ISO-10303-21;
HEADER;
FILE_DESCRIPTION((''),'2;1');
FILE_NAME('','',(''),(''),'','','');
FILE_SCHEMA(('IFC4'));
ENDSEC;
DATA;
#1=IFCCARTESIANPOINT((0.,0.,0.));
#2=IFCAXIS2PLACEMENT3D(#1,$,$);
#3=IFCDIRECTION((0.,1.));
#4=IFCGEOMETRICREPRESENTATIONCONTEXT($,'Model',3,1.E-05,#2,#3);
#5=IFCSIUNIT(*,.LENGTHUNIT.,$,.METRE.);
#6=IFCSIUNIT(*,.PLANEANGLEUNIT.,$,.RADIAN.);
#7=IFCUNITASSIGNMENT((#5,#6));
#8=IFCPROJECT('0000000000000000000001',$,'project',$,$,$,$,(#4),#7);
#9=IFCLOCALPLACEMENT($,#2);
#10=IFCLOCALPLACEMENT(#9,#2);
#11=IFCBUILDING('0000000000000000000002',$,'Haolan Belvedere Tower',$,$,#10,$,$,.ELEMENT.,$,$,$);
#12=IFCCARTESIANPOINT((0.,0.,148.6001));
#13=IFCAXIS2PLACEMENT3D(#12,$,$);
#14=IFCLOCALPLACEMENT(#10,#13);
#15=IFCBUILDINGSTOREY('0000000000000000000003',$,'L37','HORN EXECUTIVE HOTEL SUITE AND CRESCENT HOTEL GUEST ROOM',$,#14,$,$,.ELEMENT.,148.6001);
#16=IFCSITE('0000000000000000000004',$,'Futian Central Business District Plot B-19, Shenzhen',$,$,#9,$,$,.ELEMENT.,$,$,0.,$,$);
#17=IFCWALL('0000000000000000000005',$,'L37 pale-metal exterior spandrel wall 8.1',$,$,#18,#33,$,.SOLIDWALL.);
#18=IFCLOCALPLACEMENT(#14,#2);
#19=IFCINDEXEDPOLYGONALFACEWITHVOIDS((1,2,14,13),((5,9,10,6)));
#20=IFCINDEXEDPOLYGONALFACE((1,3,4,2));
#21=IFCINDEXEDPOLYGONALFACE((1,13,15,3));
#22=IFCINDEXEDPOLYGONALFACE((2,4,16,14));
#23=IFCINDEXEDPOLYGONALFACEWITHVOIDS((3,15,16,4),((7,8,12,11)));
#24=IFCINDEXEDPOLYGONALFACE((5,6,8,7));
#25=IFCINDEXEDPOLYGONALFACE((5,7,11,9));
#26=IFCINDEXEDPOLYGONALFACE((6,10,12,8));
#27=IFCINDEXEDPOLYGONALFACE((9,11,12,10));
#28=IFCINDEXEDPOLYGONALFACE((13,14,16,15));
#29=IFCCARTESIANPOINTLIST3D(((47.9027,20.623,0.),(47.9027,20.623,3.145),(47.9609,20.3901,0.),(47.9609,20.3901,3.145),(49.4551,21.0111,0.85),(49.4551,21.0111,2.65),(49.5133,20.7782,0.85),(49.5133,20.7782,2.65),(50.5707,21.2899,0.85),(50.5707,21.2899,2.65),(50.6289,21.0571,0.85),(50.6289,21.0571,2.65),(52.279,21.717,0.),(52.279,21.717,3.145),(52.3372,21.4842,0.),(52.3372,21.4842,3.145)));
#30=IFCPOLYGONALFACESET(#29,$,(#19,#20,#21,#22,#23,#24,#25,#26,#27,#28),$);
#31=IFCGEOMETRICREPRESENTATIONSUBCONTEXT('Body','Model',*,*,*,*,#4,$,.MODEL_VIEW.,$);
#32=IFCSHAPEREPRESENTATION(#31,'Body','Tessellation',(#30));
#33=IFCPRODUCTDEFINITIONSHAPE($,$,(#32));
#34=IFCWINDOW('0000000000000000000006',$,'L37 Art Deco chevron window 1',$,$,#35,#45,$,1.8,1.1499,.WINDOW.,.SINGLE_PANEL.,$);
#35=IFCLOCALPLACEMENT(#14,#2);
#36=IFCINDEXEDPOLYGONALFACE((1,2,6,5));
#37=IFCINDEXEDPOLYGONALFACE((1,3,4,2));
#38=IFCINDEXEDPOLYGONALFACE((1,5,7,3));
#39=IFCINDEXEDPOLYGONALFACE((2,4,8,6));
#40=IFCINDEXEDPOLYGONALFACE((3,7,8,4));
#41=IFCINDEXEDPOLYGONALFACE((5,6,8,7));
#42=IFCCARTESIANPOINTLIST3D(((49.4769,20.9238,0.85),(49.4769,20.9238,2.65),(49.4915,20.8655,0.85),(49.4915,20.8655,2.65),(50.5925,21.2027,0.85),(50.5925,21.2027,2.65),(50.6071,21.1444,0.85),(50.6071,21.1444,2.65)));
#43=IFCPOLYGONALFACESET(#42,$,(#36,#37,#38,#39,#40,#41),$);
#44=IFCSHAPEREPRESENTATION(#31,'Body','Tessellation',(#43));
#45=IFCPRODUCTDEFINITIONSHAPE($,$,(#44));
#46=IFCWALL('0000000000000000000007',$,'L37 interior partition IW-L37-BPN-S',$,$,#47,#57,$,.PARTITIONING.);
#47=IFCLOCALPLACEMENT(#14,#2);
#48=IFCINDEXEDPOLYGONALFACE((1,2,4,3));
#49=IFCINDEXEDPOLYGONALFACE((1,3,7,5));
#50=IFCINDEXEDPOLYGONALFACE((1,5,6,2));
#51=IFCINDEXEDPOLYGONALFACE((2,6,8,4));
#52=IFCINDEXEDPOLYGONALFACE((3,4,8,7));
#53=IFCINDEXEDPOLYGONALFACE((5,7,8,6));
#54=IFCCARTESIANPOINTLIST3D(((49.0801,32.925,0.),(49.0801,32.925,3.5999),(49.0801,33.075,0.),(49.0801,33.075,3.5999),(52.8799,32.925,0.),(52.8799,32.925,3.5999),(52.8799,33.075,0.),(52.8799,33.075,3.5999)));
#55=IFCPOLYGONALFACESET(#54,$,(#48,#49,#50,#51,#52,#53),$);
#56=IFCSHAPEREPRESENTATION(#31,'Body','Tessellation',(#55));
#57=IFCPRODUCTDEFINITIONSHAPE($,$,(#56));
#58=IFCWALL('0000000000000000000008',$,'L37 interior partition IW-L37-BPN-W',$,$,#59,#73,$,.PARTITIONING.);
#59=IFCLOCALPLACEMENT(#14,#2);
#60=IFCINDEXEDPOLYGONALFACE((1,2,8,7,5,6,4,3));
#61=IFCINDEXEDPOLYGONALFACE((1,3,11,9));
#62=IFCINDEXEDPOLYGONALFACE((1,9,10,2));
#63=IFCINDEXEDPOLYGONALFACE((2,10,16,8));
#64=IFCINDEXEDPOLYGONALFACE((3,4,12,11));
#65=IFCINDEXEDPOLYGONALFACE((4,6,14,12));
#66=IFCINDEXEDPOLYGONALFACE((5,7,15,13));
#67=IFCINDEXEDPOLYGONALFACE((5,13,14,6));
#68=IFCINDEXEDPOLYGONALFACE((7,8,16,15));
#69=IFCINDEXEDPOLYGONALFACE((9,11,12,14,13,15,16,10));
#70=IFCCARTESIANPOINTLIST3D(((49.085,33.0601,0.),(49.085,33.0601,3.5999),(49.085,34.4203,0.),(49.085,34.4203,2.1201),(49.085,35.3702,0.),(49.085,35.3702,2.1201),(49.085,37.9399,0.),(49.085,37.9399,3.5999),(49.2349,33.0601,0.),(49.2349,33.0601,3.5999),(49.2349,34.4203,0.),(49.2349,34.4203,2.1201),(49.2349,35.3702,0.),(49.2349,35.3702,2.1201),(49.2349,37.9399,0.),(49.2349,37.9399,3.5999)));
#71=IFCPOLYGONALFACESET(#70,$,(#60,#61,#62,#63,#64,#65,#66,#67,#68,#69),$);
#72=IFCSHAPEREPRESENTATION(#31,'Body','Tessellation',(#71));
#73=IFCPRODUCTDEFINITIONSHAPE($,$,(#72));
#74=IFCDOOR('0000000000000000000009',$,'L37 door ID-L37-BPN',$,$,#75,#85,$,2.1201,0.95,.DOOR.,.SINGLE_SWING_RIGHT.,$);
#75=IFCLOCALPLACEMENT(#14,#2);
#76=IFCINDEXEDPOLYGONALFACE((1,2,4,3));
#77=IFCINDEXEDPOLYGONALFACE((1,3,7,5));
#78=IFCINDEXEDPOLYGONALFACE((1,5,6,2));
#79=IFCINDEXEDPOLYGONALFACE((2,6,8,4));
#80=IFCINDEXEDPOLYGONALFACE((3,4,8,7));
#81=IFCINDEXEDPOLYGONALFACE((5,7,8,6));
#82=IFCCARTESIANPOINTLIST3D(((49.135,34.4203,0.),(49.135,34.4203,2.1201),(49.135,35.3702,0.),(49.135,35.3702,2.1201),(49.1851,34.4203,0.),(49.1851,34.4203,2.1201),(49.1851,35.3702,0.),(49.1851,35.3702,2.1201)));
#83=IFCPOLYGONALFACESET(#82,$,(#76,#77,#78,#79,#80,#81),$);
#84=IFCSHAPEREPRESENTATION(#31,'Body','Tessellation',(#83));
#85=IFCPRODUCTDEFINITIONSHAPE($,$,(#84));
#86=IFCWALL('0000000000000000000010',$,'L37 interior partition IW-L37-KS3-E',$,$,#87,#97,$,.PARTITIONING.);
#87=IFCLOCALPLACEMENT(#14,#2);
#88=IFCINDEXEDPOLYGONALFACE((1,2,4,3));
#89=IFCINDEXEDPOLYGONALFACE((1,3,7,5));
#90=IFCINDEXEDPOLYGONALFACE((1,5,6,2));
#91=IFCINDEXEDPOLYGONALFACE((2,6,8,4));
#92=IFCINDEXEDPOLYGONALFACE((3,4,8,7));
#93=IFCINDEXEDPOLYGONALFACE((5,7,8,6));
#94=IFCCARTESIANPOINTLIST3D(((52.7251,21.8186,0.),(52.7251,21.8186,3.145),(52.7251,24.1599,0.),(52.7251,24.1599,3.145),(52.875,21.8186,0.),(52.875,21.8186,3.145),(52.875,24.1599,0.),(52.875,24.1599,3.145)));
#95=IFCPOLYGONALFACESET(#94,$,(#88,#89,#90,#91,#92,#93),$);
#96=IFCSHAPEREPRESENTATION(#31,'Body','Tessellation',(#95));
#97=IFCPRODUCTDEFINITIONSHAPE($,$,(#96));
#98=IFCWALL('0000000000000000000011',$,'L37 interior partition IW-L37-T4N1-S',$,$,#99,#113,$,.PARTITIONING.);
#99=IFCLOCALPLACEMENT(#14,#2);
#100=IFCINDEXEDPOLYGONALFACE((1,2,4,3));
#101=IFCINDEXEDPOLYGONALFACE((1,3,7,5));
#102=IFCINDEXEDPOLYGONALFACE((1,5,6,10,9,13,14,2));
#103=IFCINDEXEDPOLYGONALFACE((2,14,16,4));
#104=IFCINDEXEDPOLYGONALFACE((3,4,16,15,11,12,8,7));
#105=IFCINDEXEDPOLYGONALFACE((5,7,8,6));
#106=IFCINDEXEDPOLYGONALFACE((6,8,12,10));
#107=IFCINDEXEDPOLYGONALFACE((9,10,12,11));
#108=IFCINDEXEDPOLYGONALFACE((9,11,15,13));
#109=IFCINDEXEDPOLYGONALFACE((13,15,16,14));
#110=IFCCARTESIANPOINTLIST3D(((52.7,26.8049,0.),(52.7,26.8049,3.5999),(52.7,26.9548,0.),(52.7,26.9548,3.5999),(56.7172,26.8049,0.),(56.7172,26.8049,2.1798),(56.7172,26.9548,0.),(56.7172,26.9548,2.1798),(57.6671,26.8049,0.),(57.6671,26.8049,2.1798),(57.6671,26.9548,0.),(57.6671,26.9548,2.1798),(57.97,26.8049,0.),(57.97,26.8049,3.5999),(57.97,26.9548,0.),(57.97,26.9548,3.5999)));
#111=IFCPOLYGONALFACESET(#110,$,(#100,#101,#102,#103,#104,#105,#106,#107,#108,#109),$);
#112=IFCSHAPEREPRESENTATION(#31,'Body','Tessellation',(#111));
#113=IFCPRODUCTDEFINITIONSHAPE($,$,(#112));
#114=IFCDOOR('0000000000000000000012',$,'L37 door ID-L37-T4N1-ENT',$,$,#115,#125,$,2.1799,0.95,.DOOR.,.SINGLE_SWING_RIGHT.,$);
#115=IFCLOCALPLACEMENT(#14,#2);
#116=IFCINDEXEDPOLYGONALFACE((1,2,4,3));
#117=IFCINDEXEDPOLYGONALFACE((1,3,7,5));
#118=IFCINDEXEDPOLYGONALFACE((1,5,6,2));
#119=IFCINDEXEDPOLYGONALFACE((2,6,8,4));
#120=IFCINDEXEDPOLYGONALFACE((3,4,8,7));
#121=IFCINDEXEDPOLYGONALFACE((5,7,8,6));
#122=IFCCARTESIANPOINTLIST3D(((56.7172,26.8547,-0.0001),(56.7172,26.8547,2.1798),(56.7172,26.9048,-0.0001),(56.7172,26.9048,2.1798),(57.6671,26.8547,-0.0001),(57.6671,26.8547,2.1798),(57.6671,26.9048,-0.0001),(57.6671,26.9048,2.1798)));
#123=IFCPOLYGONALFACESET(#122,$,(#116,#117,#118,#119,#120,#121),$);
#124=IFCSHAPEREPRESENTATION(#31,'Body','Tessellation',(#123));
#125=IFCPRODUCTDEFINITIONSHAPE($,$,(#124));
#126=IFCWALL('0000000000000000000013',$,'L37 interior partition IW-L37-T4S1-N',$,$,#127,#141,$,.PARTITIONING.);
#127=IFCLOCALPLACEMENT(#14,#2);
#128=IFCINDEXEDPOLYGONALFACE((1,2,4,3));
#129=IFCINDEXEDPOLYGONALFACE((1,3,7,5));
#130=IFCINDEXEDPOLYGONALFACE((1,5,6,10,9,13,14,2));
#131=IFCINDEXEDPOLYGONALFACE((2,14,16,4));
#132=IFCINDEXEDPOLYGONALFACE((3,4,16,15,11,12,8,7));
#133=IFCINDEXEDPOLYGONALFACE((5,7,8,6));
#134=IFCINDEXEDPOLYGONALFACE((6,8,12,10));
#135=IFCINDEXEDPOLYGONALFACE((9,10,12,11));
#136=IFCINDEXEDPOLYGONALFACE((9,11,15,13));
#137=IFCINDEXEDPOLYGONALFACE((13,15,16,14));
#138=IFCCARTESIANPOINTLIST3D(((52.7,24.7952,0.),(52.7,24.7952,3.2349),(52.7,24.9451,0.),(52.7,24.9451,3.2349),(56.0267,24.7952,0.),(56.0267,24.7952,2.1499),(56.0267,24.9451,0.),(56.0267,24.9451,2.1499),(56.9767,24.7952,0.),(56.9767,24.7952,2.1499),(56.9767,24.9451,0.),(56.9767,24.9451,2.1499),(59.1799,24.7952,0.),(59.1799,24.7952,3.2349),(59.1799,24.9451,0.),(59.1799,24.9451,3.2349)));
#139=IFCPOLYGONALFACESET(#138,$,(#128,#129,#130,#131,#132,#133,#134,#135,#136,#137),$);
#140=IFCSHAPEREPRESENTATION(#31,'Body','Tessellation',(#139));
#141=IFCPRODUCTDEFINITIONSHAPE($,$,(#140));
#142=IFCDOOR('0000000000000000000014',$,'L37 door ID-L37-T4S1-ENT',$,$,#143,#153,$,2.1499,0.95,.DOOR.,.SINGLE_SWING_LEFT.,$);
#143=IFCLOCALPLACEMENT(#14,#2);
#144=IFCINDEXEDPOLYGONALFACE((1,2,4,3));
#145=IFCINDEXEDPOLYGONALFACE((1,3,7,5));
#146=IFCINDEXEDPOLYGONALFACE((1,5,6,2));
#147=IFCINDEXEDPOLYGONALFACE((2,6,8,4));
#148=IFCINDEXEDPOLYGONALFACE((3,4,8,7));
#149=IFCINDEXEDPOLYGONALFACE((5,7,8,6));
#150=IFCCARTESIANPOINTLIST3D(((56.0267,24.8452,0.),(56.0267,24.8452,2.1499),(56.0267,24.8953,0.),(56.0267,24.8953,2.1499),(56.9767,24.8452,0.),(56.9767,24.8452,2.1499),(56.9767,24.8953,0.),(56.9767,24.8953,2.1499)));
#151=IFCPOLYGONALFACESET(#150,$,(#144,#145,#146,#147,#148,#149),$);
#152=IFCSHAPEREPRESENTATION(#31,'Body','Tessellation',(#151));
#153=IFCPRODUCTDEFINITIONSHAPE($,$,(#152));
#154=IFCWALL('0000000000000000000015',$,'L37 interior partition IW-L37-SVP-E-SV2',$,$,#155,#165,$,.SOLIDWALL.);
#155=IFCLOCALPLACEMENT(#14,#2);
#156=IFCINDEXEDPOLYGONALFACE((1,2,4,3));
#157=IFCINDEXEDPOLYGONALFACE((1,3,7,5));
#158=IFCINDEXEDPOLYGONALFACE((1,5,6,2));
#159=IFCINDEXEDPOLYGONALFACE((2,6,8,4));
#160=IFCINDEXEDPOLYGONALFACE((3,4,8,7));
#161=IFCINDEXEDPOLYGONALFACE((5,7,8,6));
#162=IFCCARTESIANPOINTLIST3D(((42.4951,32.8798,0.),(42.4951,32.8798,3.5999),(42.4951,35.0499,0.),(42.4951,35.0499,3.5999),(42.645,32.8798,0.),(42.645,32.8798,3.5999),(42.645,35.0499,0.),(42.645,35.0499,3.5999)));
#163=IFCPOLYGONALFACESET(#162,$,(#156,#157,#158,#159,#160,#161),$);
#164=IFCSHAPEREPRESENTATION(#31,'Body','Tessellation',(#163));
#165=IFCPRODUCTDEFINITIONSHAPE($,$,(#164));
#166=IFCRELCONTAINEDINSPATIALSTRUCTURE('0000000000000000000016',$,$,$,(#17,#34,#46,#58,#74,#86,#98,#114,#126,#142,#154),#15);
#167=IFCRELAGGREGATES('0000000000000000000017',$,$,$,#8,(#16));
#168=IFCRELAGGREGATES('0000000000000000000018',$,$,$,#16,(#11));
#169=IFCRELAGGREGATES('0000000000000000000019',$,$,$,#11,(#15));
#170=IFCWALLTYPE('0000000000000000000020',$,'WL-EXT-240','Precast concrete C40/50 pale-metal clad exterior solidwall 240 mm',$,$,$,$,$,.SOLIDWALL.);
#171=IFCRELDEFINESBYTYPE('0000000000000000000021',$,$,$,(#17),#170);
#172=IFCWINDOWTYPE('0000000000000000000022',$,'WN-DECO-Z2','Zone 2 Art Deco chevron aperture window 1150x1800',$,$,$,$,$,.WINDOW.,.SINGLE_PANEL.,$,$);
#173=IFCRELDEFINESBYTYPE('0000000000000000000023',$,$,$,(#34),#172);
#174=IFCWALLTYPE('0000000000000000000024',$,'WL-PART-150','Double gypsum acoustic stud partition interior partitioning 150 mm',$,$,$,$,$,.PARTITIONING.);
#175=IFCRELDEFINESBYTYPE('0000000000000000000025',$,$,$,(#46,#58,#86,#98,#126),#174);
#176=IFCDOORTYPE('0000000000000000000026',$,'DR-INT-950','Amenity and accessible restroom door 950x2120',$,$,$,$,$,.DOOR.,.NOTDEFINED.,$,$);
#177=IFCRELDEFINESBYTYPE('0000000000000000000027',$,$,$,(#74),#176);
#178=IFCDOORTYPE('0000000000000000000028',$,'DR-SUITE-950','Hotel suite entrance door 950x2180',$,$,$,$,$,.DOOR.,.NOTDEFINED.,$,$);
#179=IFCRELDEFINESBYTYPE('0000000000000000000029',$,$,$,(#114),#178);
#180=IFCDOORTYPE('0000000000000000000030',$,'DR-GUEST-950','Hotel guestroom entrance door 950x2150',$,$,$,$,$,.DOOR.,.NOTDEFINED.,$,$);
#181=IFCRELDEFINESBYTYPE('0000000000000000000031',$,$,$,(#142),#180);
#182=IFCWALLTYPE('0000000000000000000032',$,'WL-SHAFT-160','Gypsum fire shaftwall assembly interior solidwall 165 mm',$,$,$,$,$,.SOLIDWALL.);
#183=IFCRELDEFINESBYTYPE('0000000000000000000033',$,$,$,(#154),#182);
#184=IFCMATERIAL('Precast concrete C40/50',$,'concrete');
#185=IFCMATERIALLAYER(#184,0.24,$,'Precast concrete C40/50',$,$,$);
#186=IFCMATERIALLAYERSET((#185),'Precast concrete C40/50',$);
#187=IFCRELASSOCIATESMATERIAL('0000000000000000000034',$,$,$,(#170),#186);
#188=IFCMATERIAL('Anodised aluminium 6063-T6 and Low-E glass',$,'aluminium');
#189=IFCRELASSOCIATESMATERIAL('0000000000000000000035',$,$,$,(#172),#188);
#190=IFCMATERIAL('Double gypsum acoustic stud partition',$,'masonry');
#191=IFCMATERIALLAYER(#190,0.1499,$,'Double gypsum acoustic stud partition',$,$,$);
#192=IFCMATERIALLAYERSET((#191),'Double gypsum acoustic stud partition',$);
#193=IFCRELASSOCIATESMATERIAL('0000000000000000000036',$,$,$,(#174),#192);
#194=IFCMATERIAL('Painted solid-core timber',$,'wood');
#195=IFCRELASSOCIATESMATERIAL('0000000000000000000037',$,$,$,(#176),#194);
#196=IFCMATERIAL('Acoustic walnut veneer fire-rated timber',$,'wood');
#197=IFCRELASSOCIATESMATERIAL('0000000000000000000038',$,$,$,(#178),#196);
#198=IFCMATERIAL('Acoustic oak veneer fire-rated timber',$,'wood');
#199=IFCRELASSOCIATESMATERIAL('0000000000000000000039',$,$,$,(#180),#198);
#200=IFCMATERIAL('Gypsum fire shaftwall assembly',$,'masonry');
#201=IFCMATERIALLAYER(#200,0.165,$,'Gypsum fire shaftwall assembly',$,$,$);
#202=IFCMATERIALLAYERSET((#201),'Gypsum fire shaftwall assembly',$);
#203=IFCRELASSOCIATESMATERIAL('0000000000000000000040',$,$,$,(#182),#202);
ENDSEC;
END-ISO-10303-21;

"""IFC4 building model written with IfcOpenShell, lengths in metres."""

from ifc_helpers import new_model, si_unit, direction, frame, frame_2d, origin, place, context, subcontext, project, spatial, rectangle, extrude, material, layer, layer_set, type_object, element, fill, save


model = new_model("IFC4")

# Units and contexts
model_context = context("Model", 3, precision=1e-05, world=origin(), true_north=direction((0.0, 1.0)))
body_context = subcontext(model_context, "Body", "Model", "MODEL_VIEW")
ifc_project = project(units=[si_unit("LENGTHUNIT", "METRE"), si_unit("PLANEANGLEUNIT", "RADIAN")], contexts=[model_context])

# Site, building, storey
site_placement = place(None, origin())
site = spatial("IfcSite", under=ifc_project, at=site_placement, Name="Futian Central Business District Plot B-19, Shenzhen", CompositionType="ELEMENT", RefElevation=0.0)
building_placement = place(site_placement, origin())
building = spatial("IfcBuilding", under=site, at=building_placement, Name="Haolan Belvedere Tower", CompositionType="ELEMENT")
storey_placement = place(building_placement, frame((0.0, 0.0, 148.6001)))
storey = spatial("IfcBuildingStorey", under=building, at=storey_placement, Name="L37", Description="HORN EXECUTIVE HOTEL SUITE AND CRESCENT HOTEL GUEST ROOM", CompositionType="ELEMENT", Elevation=148.6001)

# Wall, opening, window
ifc_material_1 = material(Name="Precast concrete C40/50", Category="concrete")
ifc_layer_1 = layer(ifc_material_1, 0.24, Name="Precast concrete C40/50")
ifc_layer_set_1 = layer_set([ifc_layer_1], Name="Precast concrete C40/50")
wall_type_1 = type_object("IfcWallType", Name="WL-EXT-240", Description="Precast concrete C40/50 pale-metal clad exterior solidwall 240 mm", PredefinedType="SOLIDWALL", material=ifc_layer_set_1)
wall_1_placement = place(storey_placement, frame((47.9319, 20.5066, 0.0), z_axis=(0.0, 0.0, 1.0), x_axis=(0.970146, 0.242523, 0.0)))
wall_1 = element("IfcWall", 1, at=wall_1_placement, inside=storey, type_object=wall_type_1, Name="L37 pale-metal exterior spandrel wall 8.1", PredefinedType="SOLIDWALL", context=body_context, shape_type="SweptSolid", body=[
    extrude(rectangle(XDim=4.511, YDim=0.24, at=frame_2d((2.2554, 0.0))), origin(), (0.0, 0.0, 1.0), 3.145),
])
opening_1_placement = place(wall_1_placement, frame((1.6001, 0.0, 0.8501)))
opening_1 = element("IfcOpeningElement", 2, at=opening_1_placement, cuts=wall_1, PredefinedType="OPENING", context=body_context, shape_type="SweptSolid", body=[
    extrude(rectangle(XDim=1.1499, YDim=1.8, at=frame_2d((0.575, 0.8999))), frame((0.0, 0.1299, 0.0), z_axis=(0.0, -1.0, 0.0), x_axis=(1.0, 0.0, 0.0)), (0.0, 0.0, 1.0), 0.26),
])
ifc_material_2 = material(Name="Anodised aluminium 6063-T6 and Low-E glass", Category="aluminium")
window_type = type_object("IfcWindowType", Name="WN-DECO-Z2", Description="Zone 2 Art Deco chevron aperture window 1150x1800", PartitioningType="SINGLE_PANEL", PredefinedType="WINDOW", material=ifc_material_2)
window_placement = place(opening_1_placement, origin())
window = element("IfcWindow", 3, at=window_placement, inside=storey, type_object=window_type, Name="L37 Art Deco chevron window 1", OverallHeight=1.8, OverallWidth=1.1499, PartitioningType="SINGLE_PANEL", PredefinedType="WINDOW", context=body_context, shape_type="SweptSolid", body=[
    extrude(rectangle(XDim=1.1499, YDim=1.8, at=frame_2d((0.575, 0.8999))), frame((0.0, 0.03, 0.0), z_axis=(0.0, -1.0, 0.0), x_axis=(1.0, 0.0, 0.0)), (0.0, 0.0, 1.0), 0.0601),
])
fill(opening_1, window)

# Wall
ifc_material_3 = material(Name="Double gypsum acoustic stud partition", Category="masonry")
ifc_layer_2 = layer(ifc_material_3, 0.1499, Name="Double gypsum acoustic stud partition")
ifc_layer_set_2 = layer_set([ifc_layer_2], Name="Double gypsum acoustic stud partition")
wall_type_2 = type_object("IfcWallType", Name="WL-PART-150", Description="Double gypsum acoustic stud partition interior partitioning 150 mm", PredefinedType="PARTITIONING", material=ifc_layer_set_2)
wall_2_placement = place(storey_placement, frame((49.0801, 33.0, 0.0), z_axis=(0.0, 0.0, 1.0), x_axis=(1.0, 0.0, 0.0)))
element("IfcWall", 4, at=wall_2_placement, inside=storey, type_object=wall_type_2, Name="L37 interior partition IW-L37-BPN-S", PredefinedType="PARTITIONING", context=body_context, shape_type="SweptSolid", body=[
    extrude(rectangle(XDim=3.7998, YDim=0.1499, at=frame_2d((1.8999, 0.0))), origin(), (0.0, 0.0, 1.0), 3.5999),
])

# Wall, opening, door
wall_3_placement = place(storey_placement, frame((49.1599, 33.0601, 0.0), z_axis=(0.0, 0.0, 1.0), x_axis=(0.0, 1.0, 0.0)))
wall_3 = element("IfcWall", 5, at=wall_3_placement, inside=storey, type_object=wall_type_2, Name="L37 interior partition IW-L37-BPN-W", PredefinedType="PARTITIONING", context=body_context, shape_type="SweptSolid", body=[
    extrude(rectangle(XDim=4.8799, YDim=0.1499, at=frame_2d((2.4399, 0.0))), origin(), (0.0, 0.0, 1.0), 3.5999),
])
opening_2_placement = place(wall_3_placement, frame((1.3601, 0.0, 0.0)))
opening_2 = element("IfcOpeningElement", 6, at=opening_2_placement, cuts=wall_3, PredefinedType="OPENING", context=body_context, shape_type="SweptSolid", body=[
    extrude(rectangle(XDim=0.95, YDim=2.1201, at=frame_2d((0.4751, 1.0601))), frame((0.0, 0.085, 0.0), z_axis=(0.0, -1.0, 0.0), x_axis=(1.0, 0.0, 0.0)), (0.0, 0.0, 1.0), 0.1699),
])
ifc_material_4 = material(Name="Painted solid-core timber", Category="wood")
door_type_1 = type_object("IfcDoorType", Name="DR-INT-950", Description="Amenity and accessible restroom door 950x2120", OperationType="NOTDEFINED", PredefinedType="DOOR", material=ifc_material_4)
door_1_placement = place(opening_2_placement, origin())
door_1 = element("IfcDoor", 7, at=door_1_placement, inside=storey, type_object=door_type_1, Name="L37 door ID-L37-BPN", OperationType="SINGLE_SWING_RIGHT", OverallHeight=2.1201, OverallWidth=0.95, PredefinedType="DOOR", context=body_context, shape_type="SweptSolid", body=[
    extrude(rectangle(XDim=0.95, YDim=2.1201, at=frame_2d((0.4751, 1.0601))), frame((0.0, 0.0249, 0.0), z_axis=(0.0, -1.0, 0.0), x_axis=(1.0, 0.0, 0.0)), (0.0, 0.0, 1.0), 0.05),
])
fill(opening_2, door_1)

# Wall
wall_4_placement = place(storey_placement, frame((52.8, 21.8186, 0.0), z_axis=(0.0, 0.0, 1.0), x_axis=(0.0, 1.0, 0.0)))
element("IfcWall", 8, at=wall_4_placement, inside=storey, type_object=wall_type_2, Name="L37 interior partition IW-L37-KS3-E", PredefinedType="PARTITIONING", context=body_context, shape_type="SweptSolid", body=[
    extrude(rectangle(XDim=2.3413, YDim=0.1499, at=frame_2d((1.1707, 0.0))), origin(), (0.0, 0.0, 1.0), 3.145),
])

# Walls, openings, doors
wall_5_placement = place(storey_placement, frame((52.7, 26.8799, 0.0), z_axis=(0.0, 0.0, 1.0), x_axis=(1.0, 0.0, 0.0)))
wall_5 = element("IfcWall", 9, at=wall_5_placement, inside=storey, type_object=wall_type_2, Name="L37 interior partition IW-L37-T4N1-S", PredefinedType="PARTITIONING", context=body_context, shape_type="SweptSolid", body=[
    extrude(rectangle(XDim=5.27, YDim=0.1499, at=frame_2d((2.635, 0.0))), origin(), (0.0, 0.0, 1.0), 3.5999),
])
opening_3_placement = place(wall_5_placement, frame((4.0171, 0.0, 0.0)))
opening_3 = element("IfcOpeningElement", 10, at=opening_3_placement, cuts=wall_5, PredefinedType="OPENING", context=body_context, shape_type="SweptSolid", body=[
    extrude(rectangle(XDim=0.95, YDim=2.1799, at=frame_2d((0.4751, 1.0898))), frame((0.0, 0.085, 0.0), z_axis=(0.0, -1.0, 0.0), x_axis=(1.0, 0.0, 0.0)), (0.0, 0.0, 1.0), 0.1699),
])
ifc_material_5 = material(Name="Acoustic walnut veneer fire-rated timber", Category="wood")
door_type_2 = type_object("IfcDoorType", Name="DR-SUITE-950", Description="Hotel suite entrance door 950x2180", OperationType="NOTDEFINED", PredefinedType="DOOR", material=ifc_material_5)
door_2_placement = place(opening_3_placement, origin())
door_2 = element("IfcDoor", 11, at=door_2_placement, inside=storey, type_object=door_type_2, Name="L37 door ID-L37-T4N1-ENT", OperationType="SINGLE_SWING_RIGHT", OverallHeight=2.1799, OverallWidth=0.95, PredefinedType="DOOR", context=body_context, shape_type="SweptSolid", body=[
    extrude(rectangle(XDim=0.95, YDim=2.1799, at=frame_2d((0.4751, 1.0898))), frame((0.0, 0.0249, 0.0), z_axis=(0.0, -1.0, 0.0), x_axis=(1.0, 0.0, 0.0)), (0.0, 0.0, 1.0), 0.05),
])
fill(opening_3, door_2)
wall_6_placement = place(storey_placement, frame((52.7, 24.8701, 0.0), z_axis=(0.0, 0.0, 1.0), x_axis=(1.0, 0.0, 0.0)))
wall_6 = element("IfcWall", 12, at=wall_6_placement, inside=storey, type_object=wall_type_2, Name="L37 interior partition IW-L37-T4S1-N", PredefinedType="PARTITIONING", context=body_context, shape_type="SweptSolid", body=[
    extrude(rectangle(XDim=6.48, YDim=0.1499, at=frame_2d((3.24, 0.0))), origin(), (0.0, 0.0, 1.0), 3.2349),
])
opening_4_placement = place(wall_6_placement, frame((4.2769, 0.0, 0.0), z_axis=(0.0, 0.0, 1.0), x_axis=(-1.0, 0.0, 0.0)))
opening_4 = element("IfcOpeningElement", 13, at=opening_4_placement, cuts=wall_6, PredefinedType="OPENING", context=body_context, shape_type="SweptSolid", body=[
    extrude(rectangle(XDim=0.95, YDim=2.1499, at=frame_2d((0.4751, 1.075))), frame((0.0, 0.085, 0.0), z_axis=(0.0, -1.0, 0.0), x_axis=(1.0, 0.0, 0.0)), (0.0, 0.0, 1.0), 0.1699),
])
ifc_material_6 = material(Name="Acoustic oak veneer fire-rated timber", Category="wood")
door_type_3 = type_object("IfcDoorType", Name="DR-GUEST-950", Description="Hotel guestroom entrance door 950x2150", OperationType="NOTDEFINED", PredefinedType="DOOR", material=ifc_material_6)
door_3_placement = place(opening_4_placement, origin())
door_3 = element("IfcDoor", 14, at=door_3_placement, inside=storey, type_object=door_type_3, Name="L37 door ID-L37-T4S1-ENT", OperationType="SINGLE_SWING_LEFT", OverallHeight=2.1499, OverallWidth=0.95, PredefinedType="DOOR", context=body_context, shape_type="SweptSolid", body=[
    extrude(rectangle(XDim=0.95, YDim=2.1499, at=frame_2d((0.4751, 1.075))), frame((0.0, 0.0249, 0.0), z_axis=(0.0, -1.0, 0.0), x_axis=(1.0, 0.0, 0.0)), (0.0, 0.0, 1.0), 0.05),
])
fill(opening_4, door_3)

# Wall
ifc_material_7 = material(Name="Gypsum fire shaftwall assembly", Category="masonry")
ifc_layer_3 = layer(ifc_material_7, 0.165, Name="Gypsum fire shaftwall assembly")
ifc_layer_set_3 = layer_set([ifc_layer_3], Name="Gypsum fire shaftwall assembly")
wall_type_3 = type_object("IfcWallType", Name="WL-SHAFT-160", Description="Gypsum fire shaftwall assembly interior solidwall 165 mm", PredefinedType="SOLIDWALL", material=ifc_layer_set_3)
wall_7_placement = place(storey_placement, frame((42.5701, 32.8799, 0.0), z_axis=(0.0, 0.0, 1.0), x_axis=(0.0, 1.0, 0.0)))
element("IfcWall", 15, at=wall_7_placement, inside=storey, type_object=wall_type_3, Name="L37 interior partition IW-L37-SVP-E-SV2", PredefinedType="SOLIDWALL", context=body_context, shape_type="SweptSolid", body=[
    extrude(rectangle(XDim=2.1702, YDim=0.1499, at=frame_2d((1.085, 0.0))), origin(), (0.0, 0.0, 1.0), 3.5999),
])

save(model, "model.ifc")
